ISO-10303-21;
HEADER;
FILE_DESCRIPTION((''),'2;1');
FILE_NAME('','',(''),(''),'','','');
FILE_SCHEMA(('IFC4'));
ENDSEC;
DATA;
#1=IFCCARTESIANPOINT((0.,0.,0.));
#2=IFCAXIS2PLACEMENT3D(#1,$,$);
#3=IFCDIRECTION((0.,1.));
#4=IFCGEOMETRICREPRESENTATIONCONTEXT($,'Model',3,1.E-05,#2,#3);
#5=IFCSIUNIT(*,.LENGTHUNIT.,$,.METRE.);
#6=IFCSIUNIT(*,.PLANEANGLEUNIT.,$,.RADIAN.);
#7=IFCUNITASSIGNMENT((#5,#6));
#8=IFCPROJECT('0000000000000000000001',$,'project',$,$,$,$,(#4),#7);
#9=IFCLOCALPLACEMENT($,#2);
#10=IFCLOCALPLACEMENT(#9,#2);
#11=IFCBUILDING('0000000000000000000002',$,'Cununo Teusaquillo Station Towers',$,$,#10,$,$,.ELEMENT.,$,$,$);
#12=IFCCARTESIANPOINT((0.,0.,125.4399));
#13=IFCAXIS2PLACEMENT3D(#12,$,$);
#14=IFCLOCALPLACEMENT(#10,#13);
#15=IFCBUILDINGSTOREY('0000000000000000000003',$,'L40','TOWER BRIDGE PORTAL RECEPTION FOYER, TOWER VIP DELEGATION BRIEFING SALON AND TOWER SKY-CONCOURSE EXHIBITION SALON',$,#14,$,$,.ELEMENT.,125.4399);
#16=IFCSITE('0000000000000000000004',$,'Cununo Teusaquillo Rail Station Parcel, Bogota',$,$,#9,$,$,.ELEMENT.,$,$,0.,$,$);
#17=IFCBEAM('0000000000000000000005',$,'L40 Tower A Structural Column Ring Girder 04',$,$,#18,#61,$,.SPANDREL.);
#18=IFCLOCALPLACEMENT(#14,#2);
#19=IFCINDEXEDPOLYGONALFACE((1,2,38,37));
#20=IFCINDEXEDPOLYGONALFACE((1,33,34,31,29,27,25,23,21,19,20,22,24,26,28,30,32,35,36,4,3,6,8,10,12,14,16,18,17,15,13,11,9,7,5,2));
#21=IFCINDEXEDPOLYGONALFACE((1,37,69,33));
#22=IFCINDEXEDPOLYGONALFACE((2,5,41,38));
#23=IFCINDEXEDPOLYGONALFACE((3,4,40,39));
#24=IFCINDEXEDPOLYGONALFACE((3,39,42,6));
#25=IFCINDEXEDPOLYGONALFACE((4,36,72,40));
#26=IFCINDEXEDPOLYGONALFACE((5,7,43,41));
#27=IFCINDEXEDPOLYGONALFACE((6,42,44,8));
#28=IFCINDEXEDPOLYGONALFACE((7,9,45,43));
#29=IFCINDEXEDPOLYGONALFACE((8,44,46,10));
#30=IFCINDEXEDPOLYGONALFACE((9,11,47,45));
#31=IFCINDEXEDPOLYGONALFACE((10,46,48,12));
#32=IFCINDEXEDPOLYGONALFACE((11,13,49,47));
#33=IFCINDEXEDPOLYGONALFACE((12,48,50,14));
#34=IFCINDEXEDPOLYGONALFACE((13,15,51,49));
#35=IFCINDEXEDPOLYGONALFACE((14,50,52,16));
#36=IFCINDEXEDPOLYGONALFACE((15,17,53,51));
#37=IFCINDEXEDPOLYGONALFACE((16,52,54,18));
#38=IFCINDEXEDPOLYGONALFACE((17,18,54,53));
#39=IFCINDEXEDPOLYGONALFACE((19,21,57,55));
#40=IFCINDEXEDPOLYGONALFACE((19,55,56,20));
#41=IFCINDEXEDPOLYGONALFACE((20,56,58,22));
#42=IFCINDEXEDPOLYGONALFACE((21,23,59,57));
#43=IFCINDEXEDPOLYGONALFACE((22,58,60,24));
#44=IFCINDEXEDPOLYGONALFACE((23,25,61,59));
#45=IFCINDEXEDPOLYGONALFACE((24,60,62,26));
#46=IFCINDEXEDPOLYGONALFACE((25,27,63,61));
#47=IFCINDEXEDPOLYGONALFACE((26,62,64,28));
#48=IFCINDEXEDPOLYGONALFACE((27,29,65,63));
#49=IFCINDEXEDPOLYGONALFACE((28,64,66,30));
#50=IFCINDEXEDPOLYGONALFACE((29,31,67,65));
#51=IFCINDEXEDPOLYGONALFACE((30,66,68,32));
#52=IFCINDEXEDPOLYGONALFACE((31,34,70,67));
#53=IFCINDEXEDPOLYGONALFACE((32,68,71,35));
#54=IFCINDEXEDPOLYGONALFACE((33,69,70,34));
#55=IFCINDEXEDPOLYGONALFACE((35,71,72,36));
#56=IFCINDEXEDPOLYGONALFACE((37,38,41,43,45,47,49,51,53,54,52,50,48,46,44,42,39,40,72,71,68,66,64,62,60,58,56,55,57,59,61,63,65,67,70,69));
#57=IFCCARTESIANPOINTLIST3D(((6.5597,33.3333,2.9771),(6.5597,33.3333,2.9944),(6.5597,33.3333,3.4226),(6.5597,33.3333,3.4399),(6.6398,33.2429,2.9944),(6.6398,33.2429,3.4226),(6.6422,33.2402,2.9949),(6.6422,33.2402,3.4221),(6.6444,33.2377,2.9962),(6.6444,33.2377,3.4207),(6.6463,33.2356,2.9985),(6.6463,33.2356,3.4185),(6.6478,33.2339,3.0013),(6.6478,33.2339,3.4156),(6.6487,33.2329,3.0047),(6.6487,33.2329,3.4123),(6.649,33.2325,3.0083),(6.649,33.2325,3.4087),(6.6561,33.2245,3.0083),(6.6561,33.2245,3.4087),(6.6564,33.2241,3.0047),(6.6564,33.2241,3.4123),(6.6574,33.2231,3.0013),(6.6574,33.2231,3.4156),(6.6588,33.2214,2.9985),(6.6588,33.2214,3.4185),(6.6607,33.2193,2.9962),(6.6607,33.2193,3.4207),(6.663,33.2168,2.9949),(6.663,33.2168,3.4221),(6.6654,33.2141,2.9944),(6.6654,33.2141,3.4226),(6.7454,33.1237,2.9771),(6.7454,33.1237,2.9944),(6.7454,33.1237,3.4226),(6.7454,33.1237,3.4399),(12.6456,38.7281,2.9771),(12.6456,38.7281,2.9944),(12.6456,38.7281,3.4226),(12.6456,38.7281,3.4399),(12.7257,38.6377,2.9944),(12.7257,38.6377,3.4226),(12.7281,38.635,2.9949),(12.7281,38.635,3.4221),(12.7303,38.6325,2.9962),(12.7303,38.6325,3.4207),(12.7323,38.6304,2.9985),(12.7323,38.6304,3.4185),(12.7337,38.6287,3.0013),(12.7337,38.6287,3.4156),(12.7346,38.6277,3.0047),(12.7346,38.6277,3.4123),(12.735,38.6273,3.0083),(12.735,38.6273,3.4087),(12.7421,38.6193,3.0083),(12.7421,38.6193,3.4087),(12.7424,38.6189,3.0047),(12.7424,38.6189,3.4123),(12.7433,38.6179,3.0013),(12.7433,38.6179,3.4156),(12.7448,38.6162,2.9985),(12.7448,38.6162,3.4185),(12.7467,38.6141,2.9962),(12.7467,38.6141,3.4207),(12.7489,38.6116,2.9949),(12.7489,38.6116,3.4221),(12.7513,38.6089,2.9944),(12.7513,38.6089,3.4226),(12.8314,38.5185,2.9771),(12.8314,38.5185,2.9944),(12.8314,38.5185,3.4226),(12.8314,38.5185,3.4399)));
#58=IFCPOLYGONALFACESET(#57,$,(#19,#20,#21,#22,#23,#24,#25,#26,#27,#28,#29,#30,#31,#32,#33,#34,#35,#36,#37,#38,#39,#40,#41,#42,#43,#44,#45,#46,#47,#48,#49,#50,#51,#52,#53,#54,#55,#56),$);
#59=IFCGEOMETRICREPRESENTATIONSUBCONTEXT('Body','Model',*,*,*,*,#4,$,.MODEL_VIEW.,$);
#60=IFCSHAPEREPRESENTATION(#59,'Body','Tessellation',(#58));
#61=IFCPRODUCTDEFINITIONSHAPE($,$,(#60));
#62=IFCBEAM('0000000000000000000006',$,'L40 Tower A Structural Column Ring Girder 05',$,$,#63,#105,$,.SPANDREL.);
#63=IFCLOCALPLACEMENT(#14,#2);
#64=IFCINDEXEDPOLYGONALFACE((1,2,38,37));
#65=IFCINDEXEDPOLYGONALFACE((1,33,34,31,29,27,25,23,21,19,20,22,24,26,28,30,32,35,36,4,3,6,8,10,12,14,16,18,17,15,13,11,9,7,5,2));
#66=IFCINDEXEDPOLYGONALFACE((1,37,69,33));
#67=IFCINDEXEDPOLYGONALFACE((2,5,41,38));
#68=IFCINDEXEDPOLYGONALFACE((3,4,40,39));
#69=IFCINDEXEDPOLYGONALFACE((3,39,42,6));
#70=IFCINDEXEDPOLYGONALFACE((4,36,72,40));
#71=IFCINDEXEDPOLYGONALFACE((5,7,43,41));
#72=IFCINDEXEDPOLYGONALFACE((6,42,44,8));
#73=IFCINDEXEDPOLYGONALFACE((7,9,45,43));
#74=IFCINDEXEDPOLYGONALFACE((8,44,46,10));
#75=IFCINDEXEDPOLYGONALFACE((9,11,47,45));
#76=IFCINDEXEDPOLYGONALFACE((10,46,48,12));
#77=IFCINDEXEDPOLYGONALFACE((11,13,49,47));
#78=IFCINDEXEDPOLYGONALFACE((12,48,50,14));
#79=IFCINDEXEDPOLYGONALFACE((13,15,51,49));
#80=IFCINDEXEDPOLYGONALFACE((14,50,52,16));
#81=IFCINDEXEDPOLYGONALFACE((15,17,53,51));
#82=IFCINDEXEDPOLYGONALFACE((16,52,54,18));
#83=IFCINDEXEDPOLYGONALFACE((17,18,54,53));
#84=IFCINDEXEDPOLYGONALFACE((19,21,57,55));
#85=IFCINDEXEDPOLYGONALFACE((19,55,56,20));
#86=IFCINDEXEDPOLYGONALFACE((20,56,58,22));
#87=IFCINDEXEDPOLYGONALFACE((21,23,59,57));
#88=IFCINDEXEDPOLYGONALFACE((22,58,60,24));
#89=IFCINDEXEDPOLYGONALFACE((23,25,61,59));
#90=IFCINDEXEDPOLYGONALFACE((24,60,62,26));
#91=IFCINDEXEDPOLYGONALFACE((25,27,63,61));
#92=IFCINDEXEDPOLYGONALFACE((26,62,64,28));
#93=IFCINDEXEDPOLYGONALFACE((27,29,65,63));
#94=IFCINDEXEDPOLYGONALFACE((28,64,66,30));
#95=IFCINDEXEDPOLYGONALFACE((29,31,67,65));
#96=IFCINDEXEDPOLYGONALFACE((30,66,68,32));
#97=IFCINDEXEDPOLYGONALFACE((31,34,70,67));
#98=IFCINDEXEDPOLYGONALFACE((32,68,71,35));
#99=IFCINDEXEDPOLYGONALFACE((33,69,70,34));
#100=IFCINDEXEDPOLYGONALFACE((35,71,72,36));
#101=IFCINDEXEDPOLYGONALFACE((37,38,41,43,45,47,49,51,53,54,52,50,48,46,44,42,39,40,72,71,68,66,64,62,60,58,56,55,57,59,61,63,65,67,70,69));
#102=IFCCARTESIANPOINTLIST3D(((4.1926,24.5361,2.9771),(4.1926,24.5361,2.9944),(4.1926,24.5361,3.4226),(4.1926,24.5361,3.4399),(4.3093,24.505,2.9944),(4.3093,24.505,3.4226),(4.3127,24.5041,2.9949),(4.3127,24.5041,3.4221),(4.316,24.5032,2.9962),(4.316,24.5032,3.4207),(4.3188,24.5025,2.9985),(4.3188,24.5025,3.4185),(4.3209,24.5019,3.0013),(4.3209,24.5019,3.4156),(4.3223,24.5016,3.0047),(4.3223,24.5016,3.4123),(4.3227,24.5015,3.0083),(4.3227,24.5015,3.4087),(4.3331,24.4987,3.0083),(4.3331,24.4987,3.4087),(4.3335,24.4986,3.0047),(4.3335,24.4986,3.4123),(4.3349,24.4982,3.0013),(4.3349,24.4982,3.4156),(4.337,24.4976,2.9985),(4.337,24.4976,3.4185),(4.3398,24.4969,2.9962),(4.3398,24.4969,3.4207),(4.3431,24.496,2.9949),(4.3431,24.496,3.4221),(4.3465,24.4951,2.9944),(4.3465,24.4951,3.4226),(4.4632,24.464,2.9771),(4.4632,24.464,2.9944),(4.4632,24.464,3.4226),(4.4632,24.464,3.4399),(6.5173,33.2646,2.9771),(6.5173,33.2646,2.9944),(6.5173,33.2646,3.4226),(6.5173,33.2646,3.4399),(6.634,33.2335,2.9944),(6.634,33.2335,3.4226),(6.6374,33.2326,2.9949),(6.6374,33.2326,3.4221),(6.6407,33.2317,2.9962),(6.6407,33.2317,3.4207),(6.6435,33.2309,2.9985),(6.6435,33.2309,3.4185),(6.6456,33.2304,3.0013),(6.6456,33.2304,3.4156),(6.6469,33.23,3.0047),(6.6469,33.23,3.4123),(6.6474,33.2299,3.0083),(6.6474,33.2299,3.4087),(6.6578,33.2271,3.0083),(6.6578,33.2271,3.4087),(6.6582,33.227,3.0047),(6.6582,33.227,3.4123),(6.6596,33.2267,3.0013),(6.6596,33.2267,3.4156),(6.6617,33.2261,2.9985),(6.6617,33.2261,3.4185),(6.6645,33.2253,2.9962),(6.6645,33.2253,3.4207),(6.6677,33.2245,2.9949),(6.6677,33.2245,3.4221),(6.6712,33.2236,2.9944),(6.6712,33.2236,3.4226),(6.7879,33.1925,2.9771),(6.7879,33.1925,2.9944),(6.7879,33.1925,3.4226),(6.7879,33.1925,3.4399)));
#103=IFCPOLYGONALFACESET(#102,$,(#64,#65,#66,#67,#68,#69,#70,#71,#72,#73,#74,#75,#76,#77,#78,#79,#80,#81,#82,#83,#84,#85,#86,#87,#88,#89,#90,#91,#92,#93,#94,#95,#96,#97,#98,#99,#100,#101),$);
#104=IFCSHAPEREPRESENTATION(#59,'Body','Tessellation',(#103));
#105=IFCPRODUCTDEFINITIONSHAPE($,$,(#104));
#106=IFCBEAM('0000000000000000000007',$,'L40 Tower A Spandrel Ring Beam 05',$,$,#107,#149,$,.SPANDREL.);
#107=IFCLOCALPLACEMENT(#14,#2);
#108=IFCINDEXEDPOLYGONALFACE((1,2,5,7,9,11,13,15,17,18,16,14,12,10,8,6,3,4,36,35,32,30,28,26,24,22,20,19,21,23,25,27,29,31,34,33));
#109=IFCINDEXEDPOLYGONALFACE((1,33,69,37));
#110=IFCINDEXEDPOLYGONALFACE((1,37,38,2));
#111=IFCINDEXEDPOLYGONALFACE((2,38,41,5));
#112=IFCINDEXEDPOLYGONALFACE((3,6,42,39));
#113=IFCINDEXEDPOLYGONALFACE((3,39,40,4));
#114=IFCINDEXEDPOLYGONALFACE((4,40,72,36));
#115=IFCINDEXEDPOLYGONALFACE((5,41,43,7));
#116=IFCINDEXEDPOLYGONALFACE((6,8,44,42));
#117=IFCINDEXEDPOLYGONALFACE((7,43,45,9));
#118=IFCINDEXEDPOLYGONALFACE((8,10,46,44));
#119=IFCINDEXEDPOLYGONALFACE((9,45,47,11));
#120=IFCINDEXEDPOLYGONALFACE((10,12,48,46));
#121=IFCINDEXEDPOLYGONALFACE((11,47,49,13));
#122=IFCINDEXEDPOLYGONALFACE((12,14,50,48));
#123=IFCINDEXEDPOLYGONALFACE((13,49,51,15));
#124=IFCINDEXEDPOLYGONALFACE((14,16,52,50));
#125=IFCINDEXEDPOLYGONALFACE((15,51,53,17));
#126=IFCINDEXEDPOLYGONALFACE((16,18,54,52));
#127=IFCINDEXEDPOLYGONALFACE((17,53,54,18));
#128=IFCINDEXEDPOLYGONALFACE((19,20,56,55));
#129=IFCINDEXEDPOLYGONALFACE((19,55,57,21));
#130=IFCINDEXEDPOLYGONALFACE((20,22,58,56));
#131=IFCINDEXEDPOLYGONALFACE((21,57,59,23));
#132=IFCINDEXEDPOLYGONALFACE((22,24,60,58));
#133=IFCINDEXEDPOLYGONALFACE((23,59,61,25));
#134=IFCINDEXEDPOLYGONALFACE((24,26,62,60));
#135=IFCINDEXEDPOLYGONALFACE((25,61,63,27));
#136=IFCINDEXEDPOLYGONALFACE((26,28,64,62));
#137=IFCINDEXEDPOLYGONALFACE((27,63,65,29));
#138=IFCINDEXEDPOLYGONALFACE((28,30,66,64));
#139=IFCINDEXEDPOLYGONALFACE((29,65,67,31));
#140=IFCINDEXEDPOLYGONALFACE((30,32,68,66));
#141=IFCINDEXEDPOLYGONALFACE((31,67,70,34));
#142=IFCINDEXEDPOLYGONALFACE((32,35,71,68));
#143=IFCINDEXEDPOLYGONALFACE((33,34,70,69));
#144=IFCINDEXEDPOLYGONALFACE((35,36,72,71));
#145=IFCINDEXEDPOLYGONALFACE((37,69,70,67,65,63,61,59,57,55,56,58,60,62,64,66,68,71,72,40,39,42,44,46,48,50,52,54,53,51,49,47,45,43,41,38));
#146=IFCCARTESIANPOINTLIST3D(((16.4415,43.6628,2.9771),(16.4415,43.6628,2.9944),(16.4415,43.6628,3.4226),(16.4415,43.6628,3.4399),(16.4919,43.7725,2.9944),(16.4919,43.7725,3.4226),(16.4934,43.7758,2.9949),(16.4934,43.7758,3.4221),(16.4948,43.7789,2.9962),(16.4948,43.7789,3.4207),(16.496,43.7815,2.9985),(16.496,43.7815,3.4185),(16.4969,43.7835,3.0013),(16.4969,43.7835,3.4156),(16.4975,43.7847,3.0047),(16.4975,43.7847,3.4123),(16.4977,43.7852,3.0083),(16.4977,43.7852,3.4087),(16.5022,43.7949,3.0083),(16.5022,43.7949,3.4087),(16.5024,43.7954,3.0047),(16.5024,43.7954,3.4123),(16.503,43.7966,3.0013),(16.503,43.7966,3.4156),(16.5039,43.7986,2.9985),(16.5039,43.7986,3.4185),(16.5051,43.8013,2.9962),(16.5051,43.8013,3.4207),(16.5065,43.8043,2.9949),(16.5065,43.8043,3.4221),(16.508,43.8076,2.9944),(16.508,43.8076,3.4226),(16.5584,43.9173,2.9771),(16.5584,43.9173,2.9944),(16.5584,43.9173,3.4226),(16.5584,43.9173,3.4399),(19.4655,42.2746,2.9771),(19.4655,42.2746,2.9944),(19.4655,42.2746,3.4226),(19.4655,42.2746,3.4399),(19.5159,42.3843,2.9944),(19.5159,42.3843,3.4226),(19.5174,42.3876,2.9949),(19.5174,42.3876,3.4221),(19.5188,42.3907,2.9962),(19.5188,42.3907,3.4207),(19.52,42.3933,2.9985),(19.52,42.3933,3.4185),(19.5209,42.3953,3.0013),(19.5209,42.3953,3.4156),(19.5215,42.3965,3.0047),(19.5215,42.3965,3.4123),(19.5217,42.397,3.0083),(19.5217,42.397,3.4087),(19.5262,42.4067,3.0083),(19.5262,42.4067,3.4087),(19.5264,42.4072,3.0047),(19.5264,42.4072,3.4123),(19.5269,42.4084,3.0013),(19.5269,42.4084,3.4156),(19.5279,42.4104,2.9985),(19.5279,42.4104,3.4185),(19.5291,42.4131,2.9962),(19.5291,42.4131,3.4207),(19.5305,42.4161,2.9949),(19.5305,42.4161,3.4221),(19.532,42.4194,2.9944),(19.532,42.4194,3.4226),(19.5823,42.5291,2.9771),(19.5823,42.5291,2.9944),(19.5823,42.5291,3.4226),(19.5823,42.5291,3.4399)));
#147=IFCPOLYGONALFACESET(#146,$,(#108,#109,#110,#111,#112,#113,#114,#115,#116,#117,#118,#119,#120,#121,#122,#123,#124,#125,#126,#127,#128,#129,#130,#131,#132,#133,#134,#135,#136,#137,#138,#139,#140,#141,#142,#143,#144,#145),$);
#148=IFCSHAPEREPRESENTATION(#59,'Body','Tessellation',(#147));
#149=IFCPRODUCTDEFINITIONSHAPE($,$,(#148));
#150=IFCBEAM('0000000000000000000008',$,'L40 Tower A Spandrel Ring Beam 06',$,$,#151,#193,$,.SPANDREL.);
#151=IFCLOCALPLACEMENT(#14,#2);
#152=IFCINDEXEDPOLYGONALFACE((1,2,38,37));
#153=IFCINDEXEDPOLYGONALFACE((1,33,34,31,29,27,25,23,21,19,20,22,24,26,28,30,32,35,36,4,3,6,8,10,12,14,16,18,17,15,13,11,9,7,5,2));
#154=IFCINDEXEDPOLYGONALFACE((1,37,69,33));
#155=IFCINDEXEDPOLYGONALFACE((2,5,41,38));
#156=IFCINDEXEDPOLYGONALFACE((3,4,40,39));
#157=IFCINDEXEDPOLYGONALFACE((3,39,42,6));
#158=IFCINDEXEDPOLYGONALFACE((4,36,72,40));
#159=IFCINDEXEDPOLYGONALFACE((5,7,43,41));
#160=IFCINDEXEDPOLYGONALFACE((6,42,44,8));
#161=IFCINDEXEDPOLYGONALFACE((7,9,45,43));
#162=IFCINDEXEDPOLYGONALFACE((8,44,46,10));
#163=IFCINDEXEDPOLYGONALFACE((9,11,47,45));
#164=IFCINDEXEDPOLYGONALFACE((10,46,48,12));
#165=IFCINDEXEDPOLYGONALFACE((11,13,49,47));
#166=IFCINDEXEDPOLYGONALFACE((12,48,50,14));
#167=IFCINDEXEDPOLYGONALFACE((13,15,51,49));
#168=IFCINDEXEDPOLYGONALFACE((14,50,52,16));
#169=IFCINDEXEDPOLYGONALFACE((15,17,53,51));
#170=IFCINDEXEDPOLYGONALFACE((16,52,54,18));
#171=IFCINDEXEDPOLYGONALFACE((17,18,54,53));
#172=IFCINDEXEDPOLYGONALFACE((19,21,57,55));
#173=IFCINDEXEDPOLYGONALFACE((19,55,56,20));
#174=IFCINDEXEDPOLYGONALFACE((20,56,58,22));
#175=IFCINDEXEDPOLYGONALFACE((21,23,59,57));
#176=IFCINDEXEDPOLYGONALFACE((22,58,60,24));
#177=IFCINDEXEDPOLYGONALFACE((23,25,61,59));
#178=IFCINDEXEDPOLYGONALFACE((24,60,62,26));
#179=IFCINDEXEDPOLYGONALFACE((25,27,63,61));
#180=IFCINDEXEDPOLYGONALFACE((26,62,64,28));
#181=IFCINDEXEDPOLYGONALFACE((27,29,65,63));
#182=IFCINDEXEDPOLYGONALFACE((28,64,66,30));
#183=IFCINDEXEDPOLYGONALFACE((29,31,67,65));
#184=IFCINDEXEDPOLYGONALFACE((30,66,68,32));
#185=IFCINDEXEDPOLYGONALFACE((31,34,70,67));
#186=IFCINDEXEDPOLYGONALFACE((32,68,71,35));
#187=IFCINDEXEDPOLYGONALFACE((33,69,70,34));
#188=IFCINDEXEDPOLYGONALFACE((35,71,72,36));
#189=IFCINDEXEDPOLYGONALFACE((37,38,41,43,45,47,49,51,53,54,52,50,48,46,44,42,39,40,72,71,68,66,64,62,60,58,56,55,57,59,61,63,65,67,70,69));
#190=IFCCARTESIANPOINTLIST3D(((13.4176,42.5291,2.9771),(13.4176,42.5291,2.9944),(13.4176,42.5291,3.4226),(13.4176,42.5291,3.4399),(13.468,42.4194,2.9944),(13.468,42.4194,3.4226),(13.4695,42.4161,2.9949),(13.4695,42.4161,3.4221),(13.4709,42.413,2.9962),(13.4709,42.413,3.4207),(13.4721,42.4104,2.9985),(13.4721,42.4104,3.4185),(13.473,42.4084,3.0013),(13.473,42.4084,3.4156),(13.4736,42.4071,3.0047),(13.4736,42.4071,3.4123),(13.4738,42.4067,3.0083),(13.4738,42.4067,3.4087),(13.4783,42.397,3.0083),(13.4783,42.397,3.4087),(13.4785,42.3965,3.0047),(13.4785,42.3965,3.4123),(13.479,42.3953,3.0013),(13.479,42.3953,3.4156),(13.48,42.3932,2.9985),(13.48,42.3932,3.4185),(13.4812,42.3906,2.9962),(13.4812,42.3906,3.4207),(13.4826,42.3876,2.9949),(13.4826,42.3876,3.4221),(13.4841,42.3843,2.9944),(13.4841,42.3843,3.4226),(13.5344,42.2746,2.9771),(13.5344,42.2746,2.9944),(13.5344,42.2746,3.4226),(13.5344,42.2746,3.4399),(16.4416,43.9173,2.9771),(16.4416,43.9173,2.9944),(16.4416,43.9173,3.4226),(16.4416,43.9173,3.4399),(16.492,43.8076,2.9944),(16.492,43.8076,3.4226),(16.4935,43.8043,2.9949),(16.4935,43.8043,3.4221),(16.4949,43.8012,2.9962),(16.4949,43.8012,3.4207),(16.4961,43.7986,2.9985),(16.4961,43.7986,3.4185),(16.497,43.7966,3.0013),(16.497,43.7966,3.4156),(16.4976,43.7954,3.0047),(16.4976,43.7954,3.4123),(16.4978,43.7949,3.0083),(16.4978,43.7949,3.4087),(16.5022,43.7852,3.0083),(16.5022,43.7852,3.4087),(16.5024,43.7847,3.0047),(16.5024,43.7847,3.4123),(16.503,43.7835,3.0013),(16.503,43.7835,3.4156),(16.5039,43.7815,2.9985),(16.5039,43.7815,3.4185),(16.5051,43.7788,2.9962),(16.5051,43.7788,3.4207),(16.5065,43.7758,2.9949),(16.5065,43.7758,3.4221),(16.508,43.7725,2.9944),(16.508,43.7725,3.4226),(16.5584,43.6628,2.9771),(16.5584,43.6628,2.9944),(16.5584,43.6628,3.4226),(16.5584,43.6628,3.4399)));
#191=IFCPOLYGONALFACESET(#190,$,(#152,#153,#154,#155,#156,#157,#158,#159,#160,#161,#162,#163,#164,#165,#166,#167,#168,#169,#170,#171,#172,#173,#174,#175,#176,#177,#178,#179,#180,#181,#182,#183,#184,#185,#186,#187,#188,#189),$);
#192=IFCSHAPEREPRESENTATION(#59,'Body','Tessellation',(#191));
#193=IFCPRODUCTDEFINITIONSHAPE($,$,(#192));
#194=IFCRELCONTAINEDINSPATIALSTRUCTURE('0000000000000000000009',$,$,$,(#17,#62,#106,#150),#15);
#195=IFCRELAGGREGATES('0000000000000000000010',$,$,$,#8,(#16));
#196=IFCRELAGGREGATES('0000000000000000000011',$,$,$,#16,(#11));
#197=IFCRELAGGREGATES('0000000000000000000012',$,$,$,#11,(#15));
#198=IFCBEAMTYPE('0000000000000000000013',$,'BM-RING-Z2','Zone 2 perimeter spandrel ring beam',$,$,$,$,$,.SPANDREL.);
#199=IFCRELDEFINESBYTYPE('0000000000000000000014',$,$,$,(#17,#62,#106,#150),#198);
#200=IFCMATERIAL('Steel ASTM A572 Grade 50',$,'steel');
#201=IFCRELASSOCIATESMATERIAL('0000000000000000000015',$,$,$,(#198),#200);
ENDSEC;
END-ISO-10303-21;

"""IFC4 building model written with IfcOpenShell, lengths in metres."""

from ifc_helpers import new_model, si_unit, direction, frame, origin, origin_2d, place, context, subcontext, project, spatial, i_section, extrude, material, material_profile, profile_set, type_object, element, save


model = new_model("IFC4")

# Units and contexts
model_context = context("Model", 3, precision=1e-05, world=origin(), true_north=direction((0.0, 1.0)))
body_context = subcontext(model_context, "Body", "Model", "MODEL_VIEW")
ifc_project = project(units=[si_unit("LENGTHUNIT", "METRE"), si_unit("PLANEANGLEUNIT", "RADIAN")], contexts=[model_context])

# Site, building, storey
site_placement = place(None, origin())
site = spatial("IfcSite", under=ifc_project, at=site_placement, Name="Cununo Teusaquillo Rail Station Parcel, Bogota", CompositionType="ELEMENT", RefElevation=0.0)
building_placement = place(site_placement, origin())
building = spatial("IfcBuilding", under=site, at=building_placement, Name="Cununo Teusaquillo Station Towers", CompositionType="ELEMENT")
storey_placement = place(building_placement, frame((0.0, 0.0, 125.4399)))
storey = spatial("IfcBuildingStorey", under=building, at=storey_placement, Name="L40", Description="TOWER BRIDGE PORTAL RECEPTION FOYER, TOWER VIP DELEGATION BRIEFING SALON AND TOWER SKY-CONCOURSE EXHIBITION SALON", CompositionType="ELEMENT", Elevation=125.4399)

# Beams
ifc_material_1 = material(Name="Steel ASTM A572 Grade 50", Category="steel")
ifc_material_profile_1 = material_profile(ifc_material_1, i_section(OverallWidth=0.28, OverallDepth=0.4629, WebThickness=0.0107, FlangeThickness=0.0173, FilletRadius=0.0139, at=origin_2d()), Name="W18X76")
ifc_profile_set_1 = profile_set([ifc_material_profile_1], Name="Steel ASTM A572 Grade 50")
beam_type_1 = type_object("IfcBeamType", Name="BM-RING-Z2", Description="Zone 2 perimeter spandrel ring beam", PredefinedType="SPANDREL", material=ifc_profile_set_1)
beam_1_placement = place(storey_placement, frame((12.7385, 38.6233, 3.2085), z_axis=(-0.748321, -0.663337, 0.0), x_axis=(0.663337, -0.748321, 0.0)))
element("IfcBeam", 1, at=beam_1_placement, inside=storey, type_object=beam_type_1, Name="L40 Tower A Structural Column Ring Girder 04", PredefinedType="SPANDREL", context=body_context, shape_type="SweptSolid", body=[
    extrude(i_section(OverallWidth=0.28, OverallDepth=0.4629, WebThickness=0.0107, FlangeThickness=0.0173, FilletRadius=0.0139, at=origin_2d()), origin(), (0.0, 0.0, 1.0), 8.1328),
])
beam_2_placement = place(storey_placement, frame((6.6526, 33.2285, 3.2085), z_axis=(-0.257363, -0.966315, 0.0), x_axis=(0.966315, -0.257363, 0.0)))
element("IfcBeam", 2, at=beam_2_placement, inside=storey, type_object=beam_type_1, Name="L40 Tower A Structural Column Ring Girder 05", PredefinedType="SPANDREL", context=body_context, shape_type="SweptSolid", body=[
    extrude(i_section(OverallWidth=0.28, OverallDepth=0.4629, WebThickness=0.0107, FlangeThickness=0.0173, FilletRadius=0.0139, at=origin_2d()), origin(), (0.0, 0.0, 1.0), 9.0327),
])
for number, where, z_axis, x_axis, name in (
    (3, (19.5239, 42.4019, 3.2085), (-0.908812, 0.417205, 0.0), (-0.417205, -0.908812, 0.0), "L40 Tower A Spandrel Ring Beam 05"),
    (4, (16.5, 43.79, 3.2085), (-0.908812, -0.417205, 0.0), (0.417205, -0.908812, 0.0), "L40 Tower A Spandrel Ring Beam 06"),
):
    element("IfcBeam", number, at=place(storey_placement, frame(where, z_axis=z_axis, x_axis=x_axis)), inside=storey, type_object=beam_type_1, Name=name, PredefinedType="SPANDREL", context=body_context, shape_type="SweptSolid", body=[
        extrude(i_section(OverallWidth=0.28, OverallDepth=0.4629, WebThickness=0.0107, FlangeThickness=0.0173, FilletRadius=0.0139, at=origin_2d()), origin(), (0.0, 0.0, 1.0), 3.3274),
    ])

save(model, "model.ifc")
